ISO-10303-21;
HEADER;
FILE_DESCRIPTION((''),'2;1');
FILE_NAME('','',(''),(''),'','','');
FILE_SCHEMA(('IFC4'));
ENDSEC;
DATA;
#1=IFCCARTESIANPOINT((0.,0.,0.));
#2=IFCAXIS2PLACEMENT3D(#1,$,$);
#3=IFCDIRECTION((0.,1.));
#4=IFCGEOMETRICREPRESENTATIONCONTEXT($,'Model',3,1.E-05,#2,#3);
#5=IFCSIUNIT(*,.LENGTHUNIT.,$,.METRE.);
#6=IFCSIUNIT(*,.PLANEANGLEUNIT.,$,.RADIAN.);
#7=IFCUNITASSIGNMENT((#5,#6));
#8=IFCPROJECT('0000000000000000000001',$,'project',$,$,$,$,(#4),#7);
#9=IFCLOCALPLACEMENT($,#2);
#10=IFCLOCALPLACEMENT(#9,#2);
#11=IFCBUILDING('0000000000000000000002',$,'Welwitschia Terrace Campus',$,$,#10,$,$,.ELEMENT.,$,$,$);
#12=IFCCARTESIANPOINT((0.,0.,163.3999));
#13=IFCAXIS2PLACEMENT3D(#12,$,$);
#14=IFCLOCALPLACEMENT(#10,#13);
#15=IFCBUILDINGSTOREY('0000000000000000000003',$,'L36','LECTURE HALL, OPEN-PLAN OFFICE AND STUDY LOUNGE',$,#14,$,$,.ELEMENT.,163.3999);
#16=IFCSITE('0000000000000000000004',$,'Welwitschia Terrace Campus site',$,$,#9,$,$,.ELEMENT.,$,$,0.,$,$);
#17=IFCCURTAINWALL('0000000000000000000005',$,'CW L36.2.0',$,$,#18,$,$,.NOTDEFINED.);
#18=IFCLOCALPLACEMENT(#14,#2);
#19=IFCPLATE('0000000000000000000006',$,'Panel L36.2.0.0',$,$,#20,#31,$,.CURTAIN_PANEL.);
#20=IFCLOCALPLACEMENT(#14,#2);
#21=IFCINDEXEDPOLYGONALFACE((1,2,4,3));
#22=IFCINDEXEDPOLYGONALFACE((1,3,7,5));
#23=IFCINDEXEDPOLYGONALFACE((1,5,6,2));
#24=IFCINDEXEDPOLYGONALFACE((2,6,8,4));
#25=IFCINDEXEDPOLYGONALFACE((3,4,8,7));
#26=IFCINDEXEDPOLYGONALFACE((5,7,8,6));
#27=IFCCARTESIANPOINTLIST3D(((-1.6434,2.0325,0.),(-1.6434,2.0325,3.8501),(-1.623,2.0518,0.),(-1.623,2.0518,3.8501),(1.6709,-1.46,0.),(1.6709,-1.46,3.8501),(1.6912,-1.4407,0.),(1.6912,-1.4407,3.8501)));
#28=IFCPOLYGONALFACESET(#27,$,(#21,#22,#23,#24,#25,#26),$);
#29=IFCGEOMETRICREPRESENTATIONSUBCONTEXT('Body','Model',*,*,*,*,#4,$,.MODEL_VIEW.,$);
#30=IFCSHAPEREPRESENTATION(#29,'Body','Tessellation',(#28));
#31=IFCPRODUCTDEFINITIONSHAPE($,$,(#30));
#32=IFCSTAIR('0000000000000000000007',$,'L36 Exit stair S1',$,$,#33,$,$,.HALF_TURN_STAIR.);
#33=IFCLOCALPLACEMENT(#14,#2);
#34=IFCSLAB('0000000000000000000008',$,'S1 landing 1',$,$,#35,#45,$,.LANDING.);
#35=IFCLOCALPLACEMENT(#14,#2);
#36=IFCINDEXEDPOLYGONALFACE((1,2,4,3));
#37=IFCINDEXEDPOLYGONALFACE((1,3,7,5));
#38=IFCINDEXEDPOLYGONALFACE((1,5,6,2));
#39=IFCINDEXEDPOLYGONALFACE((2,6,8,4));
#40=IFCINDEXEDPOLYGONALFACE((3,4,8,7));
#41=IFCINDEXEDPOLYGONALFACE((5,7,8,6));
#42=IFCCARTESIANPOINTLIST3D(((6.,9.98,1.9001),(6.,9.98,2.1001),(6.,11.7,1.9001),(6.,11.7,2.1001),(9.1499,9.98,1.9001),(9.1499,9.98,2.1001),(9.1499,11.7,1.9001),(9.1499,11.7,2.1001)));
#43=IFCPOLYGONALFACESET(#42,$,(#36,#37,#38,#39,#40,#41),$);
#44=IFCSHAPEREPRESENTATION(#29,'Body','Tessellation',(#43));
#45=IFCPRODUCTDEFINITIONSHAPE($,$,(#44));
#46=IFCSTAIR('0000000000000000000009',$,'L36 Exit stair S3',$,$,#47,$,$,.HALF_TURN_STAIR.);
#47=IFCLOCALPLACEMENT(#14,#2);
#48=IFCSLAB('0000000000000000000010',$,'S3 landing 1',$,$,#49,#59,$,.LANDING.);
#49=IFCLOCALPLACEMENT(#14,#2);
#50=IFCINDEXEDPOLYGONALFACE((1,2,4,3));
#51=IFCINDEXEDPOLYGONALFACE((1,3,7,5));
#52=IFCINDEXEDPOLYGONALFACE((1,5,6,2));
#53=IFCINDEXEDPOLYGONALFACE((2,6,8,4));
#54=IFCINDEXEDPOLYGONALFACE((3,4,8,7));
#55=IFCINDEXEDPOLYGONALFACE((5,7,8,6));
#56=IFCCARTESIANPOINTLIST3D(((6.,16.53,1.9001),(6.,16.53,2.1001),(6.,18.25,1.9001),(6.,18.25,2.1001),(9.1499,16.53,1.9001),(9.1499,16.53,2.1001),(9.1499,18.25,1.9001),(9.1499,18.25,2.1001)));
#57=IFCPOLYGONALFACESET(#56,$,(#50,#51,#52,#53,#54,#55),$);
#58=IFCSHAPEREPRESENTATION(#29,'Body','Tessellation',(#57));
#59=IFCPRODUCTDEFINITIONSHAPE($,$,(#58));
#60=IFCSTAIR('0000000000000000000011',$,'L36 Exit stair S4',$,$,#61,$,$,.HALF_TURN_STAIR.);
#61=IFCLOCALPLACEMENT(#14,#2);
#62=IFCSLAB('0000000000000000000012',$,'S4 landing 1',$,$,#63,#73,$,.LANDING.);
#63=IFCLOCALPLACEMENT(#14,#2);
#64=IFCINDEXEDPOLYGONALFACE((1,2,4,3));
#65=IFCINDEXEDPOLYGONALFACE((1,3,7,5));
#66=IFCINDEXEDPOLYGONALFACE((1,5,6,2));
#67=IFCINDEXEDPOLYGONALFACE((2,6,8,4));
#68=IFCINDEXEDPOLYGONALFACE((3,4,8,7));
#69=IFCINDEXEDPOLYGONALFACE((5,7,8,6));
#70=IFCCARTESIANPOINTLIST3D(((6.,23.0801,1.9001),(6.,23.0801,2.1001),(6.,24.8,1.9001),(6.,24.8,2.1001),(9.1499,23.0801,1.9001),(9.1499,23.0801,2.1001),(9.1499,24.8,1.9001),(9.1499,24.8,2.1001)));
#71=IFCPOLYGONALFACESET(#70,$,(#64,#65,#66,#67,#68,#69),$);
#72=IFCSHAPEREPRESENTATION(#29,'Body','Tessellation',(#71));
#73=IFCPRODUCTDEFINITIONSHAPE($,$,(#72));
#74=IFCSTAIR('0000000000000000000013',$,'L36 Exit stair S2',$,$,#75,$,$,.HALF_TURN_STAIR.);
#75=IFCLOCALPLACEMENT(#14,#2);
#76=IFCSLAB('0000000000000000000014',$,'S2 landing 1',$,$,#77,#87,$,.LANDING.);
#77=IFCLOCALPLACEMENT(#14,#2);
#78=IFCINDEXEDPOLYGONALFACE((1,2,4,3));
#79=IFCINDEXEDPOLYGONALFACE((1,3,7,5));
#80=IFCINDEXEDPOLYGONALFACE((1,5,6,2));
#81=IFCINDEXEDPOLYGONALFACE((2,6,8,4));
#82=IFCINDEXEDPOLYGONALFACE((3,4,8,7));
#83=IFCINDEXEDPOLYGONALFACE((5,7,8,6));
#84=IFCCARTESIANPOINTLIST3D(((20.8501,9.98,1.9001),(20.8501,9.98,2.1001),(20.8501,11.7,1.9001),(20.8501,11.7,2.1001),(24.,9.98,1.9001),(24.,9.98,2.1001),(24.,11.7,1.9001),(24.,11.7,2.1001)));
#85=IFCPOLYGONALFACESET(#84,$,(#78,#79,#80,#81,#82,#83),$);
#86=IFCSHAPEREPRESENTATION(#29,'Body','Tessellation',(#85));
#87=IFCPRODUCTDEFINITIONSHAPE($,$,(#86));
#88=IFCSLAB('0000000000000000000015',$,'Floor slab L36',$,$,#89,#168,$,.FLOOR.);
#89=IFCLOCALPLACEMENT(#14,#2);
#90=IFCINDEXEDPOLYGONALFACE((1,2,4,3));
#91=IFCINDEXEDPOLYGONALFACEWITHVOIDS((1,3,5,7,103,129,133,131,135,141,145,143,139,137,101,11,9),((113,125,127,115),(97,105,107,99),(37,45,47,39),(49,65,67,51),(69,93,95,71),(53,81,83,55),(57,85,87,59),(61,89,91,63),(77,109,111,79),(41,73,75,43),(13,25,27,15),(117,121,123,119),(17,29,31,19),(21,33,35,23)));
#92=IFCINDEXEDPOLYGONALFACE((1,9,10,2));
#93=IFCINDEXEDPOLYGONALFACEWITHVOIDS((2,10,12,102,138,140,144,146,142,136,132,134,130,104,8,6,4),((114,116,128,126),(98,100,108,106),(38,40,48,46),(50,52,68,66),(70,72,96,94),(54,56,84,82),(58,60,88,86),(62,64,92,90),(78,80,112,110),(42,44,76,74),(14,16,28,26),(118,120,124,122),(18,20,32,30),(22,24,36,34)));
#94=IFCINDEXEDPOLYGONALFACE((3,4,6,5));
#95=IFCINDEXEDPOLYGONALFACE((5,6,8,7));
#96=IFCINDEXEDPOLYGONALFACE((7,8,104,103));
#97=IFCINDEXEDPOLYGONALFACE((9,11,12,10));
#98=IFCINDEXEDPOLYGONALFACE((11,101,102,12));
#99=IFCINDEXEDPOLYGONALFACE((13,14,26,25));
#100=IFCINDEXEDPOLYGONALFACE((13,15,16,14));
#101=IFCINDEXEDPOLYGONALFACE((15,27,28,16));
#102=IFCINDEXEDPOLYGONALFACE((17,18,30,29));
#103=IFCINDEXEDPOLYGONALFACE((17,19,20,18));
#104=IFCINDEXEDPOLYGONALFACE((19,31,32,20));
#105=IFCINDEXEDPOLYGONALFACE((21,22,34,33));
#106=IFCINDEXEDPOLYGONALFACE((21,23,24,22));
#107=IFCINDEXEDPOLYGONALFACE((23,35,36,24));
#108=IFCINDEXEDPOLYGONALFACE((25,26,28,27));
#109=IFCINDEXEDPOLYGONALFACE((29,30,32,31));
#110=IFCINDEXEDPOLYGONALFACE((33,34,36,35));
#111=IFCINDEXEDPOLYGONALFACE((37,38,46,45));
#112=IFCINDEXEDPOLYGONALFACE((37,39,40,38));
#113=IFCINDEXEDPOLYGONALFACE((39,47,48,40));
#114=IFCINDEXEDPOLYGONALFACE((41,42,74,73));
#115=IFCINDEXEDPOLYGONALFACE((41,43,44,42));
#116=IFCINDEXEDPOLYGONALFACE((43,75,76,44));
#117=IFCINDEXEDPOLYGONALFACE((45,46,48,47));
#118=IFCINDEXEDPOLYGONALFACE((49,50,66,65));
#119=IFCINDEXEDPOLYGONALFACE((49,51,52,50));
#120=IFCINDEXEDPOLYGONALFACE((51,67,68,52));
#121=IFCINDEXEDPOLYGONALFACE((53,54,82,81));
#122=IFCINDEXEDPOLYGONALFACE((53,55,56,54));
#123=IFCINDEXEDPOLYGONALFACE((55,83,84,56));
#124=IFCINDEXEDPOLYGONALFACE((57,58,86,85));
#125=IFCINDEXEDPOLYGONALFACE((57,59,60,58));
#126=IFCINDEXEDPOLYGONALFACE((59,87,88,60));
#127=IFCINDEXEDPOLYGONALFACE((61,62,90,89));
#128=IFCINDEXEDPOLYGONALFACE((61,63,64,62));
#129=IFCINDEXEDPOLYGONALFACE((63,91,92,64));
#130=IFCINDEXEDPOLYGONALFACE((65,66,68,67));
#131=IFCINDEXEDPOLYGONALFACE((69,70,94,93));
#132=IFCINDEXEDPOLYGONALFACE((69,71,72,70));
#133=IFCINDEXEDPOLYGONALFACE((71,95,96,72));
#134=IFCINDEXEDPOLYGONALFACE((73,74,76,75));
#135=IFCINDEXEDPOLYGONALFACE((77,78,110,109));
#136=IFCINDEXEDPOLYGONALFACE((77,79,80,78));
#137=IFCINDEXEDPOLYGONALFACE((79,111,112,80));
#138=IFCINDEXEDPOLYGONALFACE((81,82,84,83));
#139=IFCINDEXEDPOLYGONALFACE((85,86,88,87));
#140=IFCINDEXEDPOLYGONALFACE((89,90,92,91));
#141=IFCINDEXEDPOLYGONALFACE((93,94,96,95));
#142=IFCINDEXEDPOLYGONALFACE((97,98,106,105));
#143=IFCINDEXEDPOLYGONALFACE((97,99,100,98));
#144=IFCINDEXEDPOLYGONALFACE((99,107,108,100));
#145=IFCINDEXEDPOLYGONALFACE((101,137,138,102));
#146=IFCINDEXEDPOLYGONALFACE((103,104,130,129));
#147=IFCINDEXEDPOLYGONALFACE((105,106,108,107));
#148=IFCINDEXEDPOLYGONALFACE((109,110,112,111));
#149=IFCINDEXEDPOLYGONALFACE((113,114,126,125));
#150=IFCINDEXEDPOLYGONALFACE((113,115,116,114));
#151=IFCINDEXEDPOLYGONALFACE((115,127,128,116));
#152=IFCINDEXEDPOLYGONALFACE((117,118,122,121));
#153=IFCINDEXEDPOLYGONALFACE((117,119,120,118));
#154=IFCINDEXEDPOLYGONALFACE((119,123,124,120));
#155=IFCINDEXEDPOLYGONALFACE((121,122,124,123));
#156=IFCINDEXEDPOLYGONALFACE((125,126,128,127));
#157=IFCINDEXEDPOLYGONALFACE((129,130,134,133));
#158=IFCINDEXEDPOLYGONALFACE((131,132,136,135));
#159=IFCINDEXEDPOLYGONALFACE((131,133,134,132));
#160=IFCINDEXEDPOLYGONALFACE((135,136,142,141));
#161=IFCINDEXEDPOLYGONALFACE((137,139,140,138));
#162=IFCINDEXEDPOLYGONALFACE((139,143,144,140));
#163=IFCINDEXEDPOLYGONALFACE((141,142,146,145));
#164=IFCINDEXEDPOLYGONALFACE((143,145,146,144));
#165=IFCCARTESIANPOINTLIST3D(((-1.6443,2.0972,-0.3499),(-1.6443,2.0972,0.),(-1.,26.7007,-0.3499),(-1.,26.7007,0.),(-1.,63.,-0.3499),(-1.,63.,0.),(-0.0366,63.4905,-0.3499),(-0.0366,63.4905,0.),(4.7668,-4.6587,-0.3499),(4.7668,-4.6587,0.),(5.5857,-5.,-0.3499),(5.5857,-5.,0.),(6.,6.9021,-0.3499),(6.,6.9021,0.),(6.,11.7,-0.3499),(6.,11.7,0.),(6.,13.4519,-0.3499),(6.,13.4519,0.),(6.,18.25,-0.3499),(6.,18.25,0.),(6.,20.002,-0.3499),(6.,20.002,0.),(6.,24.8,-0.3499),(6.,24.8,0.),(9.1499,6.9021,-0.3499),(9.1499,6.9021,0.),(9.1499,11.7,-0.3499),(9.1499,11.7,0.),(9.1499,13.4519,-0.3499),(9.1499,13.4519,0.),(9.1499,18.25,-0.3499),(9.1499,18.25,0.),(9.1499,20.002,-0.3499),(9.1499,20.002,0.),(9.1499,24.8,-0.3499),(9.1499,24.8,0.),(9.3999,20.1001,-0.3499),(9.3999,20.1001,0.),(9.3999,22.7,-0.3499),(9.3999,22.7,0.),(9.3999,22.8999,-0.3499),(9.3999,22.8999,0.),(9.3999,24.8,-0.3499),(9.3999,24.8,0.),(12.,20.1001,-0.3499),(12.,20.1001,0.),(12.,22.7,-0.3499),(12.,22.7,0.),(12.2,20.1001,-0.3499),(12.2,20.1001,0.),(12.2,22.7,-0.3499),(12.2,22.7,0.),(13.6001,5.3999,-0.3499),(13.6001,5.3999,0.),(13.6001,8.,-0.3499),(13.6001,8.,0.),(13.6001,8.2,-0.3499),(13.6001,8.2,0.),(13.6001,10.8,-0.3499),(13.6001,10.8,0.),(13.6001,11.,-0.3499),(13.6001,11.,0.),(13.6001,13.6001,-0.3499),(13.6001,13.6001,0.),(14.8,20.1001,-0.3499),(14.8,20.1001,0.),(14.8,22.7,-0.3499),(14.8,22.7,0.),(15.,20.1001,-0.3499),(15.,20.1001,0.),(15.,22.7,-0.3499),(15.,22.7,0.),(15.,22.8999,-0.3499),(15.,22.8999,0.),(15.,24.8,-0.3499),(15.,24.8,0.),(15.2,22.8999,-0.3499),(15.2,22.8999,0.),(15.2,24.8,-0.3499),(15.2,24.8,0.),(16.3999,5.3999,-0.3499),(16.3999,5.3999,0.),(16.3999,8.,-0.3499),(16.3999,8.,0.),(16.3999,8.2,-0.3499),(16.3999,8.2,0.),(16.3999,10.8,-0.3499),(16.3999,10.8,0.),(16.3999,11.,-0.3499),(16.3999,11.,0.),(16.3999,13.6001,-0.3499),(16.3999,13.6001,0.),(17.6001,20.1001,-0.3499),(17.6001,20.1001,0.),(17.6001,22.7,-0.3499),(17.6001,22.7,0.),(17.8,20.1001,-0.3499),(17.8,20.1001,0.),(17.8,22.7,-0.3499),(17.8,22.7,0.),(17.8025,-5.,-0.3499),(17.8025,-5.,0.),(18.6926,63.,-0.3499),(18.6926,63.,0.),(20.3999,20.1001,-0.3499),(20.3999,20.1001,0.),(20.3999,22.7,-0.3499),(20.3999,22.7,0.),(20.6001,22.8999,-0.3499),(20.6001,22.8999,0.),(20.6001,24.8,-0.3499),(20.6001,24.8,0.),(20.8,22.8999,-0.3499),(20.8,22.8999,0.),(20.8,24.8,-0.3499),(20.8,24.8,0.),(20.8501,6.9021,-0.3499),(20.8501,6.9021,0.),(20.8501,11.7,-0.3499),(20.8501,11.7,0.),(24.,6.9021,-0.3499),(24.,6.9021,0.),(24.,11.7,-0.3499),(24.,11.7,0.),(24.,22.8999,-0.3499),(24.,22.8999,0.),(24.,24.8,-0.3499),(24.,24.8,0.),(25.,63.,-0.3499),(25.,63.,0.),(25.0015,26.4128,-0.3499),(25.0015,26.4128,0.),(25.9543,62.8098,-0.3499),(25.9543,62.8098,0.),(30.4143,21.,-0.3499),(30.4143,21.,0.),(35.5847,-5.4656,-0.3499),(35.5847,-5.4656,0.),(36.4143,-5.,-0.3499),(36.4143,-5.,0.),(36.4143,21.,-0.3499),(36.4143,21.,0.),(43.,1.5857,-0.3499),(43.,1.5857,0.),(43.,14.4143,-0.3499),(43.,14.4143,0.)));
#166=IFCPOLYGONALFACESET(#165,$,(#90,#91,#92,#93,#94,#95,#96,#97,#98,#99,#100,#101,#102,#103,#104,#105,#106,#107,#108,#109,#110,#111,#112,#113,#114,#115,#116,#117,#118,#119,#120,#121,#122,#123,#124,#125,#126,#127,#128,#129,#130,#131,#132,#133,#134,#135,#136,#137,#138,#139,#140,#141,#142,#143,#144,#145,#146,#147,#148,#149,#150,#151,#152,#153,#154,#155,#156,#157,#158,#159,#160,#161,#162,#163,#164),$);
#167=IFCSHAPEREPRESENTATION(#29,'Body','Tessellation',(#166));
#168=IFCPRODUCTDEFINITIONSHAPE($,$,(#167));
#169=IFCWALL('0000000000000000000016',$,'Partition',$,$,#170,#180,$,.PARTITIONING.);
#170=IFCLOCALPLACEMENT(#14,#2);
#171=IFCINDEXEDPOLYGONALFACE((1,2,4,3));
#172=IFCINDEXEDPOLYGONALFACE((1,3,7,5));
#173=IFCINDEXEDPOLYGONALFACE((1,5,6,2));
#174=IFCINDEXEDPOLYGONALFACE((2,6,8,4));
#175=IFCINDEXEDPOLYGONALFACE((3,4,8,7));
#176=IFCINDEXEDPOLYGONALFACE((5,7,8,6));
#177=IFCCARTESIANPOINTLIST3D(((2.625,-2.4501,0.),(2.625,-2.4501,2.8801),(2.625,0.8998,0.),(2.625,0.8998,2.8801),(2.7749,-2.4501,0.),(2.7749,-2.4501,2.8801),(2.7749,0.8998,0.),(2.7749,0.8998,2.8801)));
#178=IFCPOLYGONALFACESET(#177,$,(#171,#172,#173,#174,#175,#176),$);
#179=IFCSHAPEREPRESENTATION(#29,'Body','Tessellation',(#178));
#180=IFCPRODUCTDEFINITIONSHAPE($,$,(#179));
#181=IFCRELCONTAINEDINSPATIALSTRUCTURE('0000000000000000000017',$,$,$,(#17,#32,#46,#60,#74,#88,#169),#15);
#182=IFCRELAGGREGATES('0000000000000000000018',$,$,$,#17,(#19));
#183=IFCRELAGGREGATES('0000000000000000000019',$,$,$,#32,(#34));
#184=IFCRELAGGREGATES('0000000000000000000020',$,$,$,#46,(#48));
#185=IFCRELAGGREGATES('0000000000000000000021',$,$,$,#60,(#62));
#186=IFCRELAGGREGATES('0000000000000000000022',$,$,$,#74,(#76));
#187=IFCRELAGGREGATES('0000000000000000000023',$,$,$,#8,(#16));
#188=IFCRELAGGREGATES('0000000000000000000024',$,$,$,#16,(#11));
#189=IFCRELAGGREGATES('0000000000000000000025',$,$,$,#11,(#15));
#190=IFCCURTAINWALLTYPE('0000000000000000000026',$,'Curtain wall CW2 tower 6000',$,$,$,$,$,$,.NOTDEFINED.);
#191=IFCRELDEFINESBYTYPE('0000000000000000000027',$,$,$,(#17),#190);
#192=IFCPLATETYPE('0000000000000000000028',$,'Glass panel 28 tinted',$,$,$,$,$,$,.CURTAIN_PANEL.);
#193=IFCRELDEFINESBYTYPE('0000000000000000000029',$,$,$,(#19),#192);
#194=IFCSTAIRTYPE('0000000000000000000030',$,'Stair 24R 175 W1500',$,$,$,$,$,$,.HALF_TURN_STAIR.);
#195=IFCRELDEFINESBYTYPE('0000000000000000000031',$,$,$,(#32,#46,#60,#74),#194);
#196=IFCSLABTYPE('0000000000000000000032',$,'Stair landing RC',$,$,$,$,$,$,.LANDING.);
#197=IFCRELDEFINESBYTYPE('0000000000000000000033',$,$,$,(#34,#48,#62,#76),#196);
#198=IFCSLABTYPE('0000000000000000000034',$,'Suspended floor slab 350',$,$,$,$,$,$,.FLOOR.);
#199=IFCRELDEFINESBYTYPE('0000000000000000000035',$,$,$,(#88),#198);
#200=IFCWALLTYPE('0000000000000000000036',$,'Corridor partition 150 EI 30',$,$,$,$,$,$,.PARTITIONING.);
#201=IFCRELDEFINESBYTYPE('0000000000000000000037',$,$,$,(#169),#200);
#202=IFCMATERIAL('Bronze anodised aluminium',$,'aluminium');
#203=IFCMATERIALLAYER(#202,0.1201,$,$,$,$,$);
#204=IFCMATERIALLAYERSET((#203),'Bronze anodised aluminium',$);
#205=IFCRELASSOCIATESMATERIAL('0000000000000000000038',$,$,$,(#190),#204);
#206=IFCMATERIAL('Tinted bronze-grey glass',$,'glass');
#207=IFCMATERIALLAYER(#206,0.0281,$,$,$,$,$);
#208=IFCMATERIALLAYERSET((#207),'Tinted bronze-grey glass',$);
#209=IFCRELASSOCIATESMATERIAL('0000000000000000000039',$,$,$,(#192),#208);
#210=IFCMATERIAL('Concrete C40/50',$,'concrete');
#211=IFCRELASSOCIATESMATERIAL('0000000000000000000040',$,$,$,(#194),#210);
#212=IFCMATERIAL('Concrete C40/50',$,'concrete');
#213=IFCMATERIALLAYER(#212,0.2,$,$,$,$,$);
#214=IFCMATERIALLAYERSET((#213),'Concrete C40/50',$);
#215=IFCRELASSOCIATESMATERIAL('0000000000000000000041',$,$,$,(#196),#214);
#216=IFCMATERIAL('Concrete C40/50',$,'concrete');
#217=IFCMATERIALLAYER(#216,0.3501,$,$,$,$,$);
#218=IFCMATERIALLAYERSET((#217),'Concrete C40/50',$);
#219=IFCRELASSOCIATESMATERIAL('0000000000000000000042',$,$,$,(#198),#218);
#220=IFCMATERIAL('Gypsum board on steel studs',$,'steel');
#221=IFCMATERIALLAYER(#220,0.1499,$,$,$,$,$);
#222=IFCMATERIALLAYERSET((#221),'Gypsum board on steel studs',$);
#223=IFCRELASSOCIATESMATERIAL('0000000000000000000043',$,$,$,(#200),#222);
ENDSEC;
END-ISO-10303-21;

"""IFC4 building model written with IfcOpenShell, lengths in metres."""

from ifc_helpers import new_model, si_unit, direction, frame, frame_2d, origin, origin_2d, place, context, subcontext, project, spatial, polyline, rectangle, outline, extrude, material, layer, layer_set, type_object, element, aggregate, save


model = new_model("IFC4")

# Units and contexts
model_context = context("Model", 3, precision=1e-05, world=origin(), true_north=direction((0.0, 1.0)))
body_context = subcontext(model_context, "Body", "Model", "MODEL_VIEW")
ifc_project = project(units=[si_unit("LENGTHUNIT", "METRE"), si_unit("PLANEANGLEUNIT", "RADIAN")], contexts=[model_context])

# Site, building, storey
site_placement = place(None, origin())
site = spatial("IfcSite", under=ifc_project, at=site_placement, Name="Welwitschia Terrace Campus site", CompositionType="ELEMENT", RefElevation=0.0)
building_placement = place(site_placement, origin())
building = spatial("IfcBuilding", under=site, at=building_placement, Name="Welwitschia Terrace Campus", CompositionType="ELEMENT")
storey_placement = place(building_placement, frame((0.0, 0.0, 163.3999)))
storey = spatial("IfcBuildingStorey", under=building, at=storey_placement, Name="L36", Description="LECTURE HALL, OPEN-PLAN OFFICE AND STUDY LOUNGE", CompositionType="ELEMENT", Elevation=163.3999)

# Shared definitions
ifc_material_1 = material(Name="Bronze anodised aluminium", Category="aluminium")
ifc_layer_1 = layer(ifc_material_1, 0.1201)
ifc_layer_set_1 = layer_set([ifc_layer_1], Name="Bronze anodised aluminium")
curtain_wall_type = type_object("IfcCurtainWallType", Name="Curtain wall CW2 tower 6000", PredefinedType="NOTDEFINED", material=ifc_layer_set_1)

# Curtain wall
curtain_wall_1_placement = place(storey_placement, origin())
curtain_wall_1 = element("IfcCurtainWall", 1, at=curtain_wall_1_placement, inside=storey, type_object=curtain_wall_type, Name="CW L36.2.0", PredefinedType="NOTDEFINED")

# Plate
ifc_material_2 = material(Name="Tinted bronze-grey glass", Category="glass")
ifc_layer_2 = layer(ifc_material_2, 0.0281)
ifc_layer_set_2 = layer_set([ifc_layer_2], Name="Tinted bronze-grey glass")
plate_type = type_object("IfcPlateType", Name="Glass panel 28 tinted", PredefinedType="CURTAIN_PANEL", material=ifc_layer_set_2)
plate_1_placement = place(storey_placement, frame((0.0239, 0.2959, 0.0), z_axis=(0.0, 0.0, 1.0), x_axis=(0.688355, -0.725374, 0.0)))
plate_1 = element("IfcPlate", 2, at=plate_1_placement, type_object=plate_type, Name="Panel L36.2.0.0", PredefinedType="CURTAIN_PANEL", context=body_context, shape_type="SweptSolid", body=[
    extrude(rectangle(XDim=4.8147, YDim=0.0281, at=origin_2d()), origin(), (0.0, 0.0, 1.0), 3.8501),
])
aggregate(curtain_wall_1, [plate_1])

# Stairs, slabs
ifc_material_3 = material(Name="Concrete C40/50", Category="concrete")
stair_type = type_object("IfcStairType", Name="Stair 24R 175 W1500", PredefinedType="HALF_TURN_STAIR", material=ifc_material_3)
stair_1_placement = place(storey_placement, origin())
stair_1 = element("IfcStair", 3, at=stair_1_placement, inside=storey, type_object=stair_type, Name="L36 Exit stair S1", PredefinedType="HALF_TURN_STAIR")
ifc_material_4 = material(Name="Concrete C40/50", Category="concrete")
ifc_layer_3 = layer(ifc_material_4, 0.2)
ifc_layer_set_3 = layer_set([ifc_layer_3], Name="Concrete C40/50")
slab_type_1 = type_object("IfcSlabType", Name="Stair landing RC", PredefinedType="LANDING", material=ifc_layer_set_3)
slab_1_placement = place(storey_placement, frame((0.0, 0.0, 1.9001)))
slab_1 = element("IfcSlab", 4, at=slab_1_placement, type_object=slab_type_1, Name="S1 landing 1", PredefinedType="LANDING", context=body_context, shape_type="SweptSolid", body=[
    extrude(outline(polyline([(9.1499, 9.98), (9.1499, 11.7), (6.0, 11.7), (6.0, 9.98), (9.1499, 9.98)])), origin(), (0.0, 0.0, 1.0), 0.2),
])
aggregate(stair_1, [slab_1])
stair_2_placement = place(storey_placement, origin())
stair_2 = element("IfcStair", 5, at=stair_2_placement, inside=storey, type_object=stair_type, Name="L36 Exit stair S3", PredefinedType="HALF_TURN_STAIR")
slab_2_placement = place(storey_placement, frame((0.0, 0.0, 1.9001)))
slab_2 = element("IfcSlab", 6, at=slab_2_placement, type_object=slab_type_1, Name="S3 landing 1", PredefinedType="LANDING", context=body_context, shape_type="SweptSolid", body=[
    extrude(outline(polyline([(9.1499, 16.53), (9.1499, 18.25), (6.0, 18.25), (6.0, 16.53), (9.1499, 16.53)])), origin(), (0.0, 0.0, 1.0), 0.2),
])
aggregate(stair_2, [slab_2])
stair_3_placement = place(storey_placement, origin())
stair_3 = element("IfcStair", 7, at=stair_3_placement, inside=storey, type_object=stair_type, Name="L36 Exit stair S4", PredefinedType="HALF_TURN_STAIR")
slab_3_placement = place(storey_placement, frame((0.0, 0.0, 1.9001)))
slab_3 = element("IfcSlab", 8, at=slab_3_placement, type_object=slab_type_1, Name="S4 landing 1", PredefinedType="LANDING", context=body_context, shape_type="SweptSolid", body=[
    extrude(outline(polyline([(9.1499, 23.0801), (9.1499, 24.8), (6.0, 24.8), (6.0, 23.0801), (9.1499, 23.0801)])), origin(), (0.0, 0.0, 1.0), 0.2),
])
aggregate(stair_3, [slab_3])
stair_4_placement = place(storey_placement, origin())
stair_4 = element("IfcStair", 9, at=stair_4_placement, inside=storey, type_object=stair_type, Name="L36 Exit stair S2", PredefinedType="HALF_TURN_STAIR")
slab_4_placement = place(storey_placement, frame((0.0, 0.0, 1.9001)))
slab_4 = element("IfcSlab", 10, at=slab_4_placement, type_object=slab_type_1, Name="S2 landing 1", PredefinedType="LANDING", context=body_context, shape_type="SweptSolid", body=[
    extrude(outline(polyline([(24.0, 9.98), (24.0, 11.7), (20.8501, 11.7), (20.8501, 9.98), (24.0, 9.98)])), origin(), (0.0, 0.0, 1.0), 0.2),
])
aggregate(stair_4, [slab_4])

# Slab
ifc_material_5 = material(Name="Concrete C40/50", Category="concrete")
ifc_layer_4 = layer(ifc_material_5, 0.3501)
ifc_layer_set_4 = layer_set([ifc_layer_4], Name="Concrete C40/50")
slab_type_2 = type_object("IfcSlabType", Name="Suspended floor slab 350", PredefinedType="FLOOR", material=ifc_layer_set_4)
slab_5_placement = place(storey_placement, frame((0.0, 0.0, -0.3499)))
element("IfcSlab", 11, at=slab_5_placement, inside=storey, type_object=slab_type_2, Name="Floor slab L36", PredefinedType="FLOOR", context=body_context, shape_type="SweptSolid", body=[
    extrude(outline(polyline([(-0.0366, 63.4905), (18.6926, 63.0), (25.0, 63.0), (25.9543, 62.8098), (25.0015, 26.4128), (30.4143, 21.0), (36.4143, 21.0), (43.0, 14.4143), (43.0, 1.5857), (36.4143, -5.0), (35.5847, -5.4656), (17.8025, -5.0), (5.5857, -5.0), (4.7668, -4.6587), (-1.6443, 2.0972), (-1.0, 26.7007), (-1.0, 63.0), (-0.0366, 63.4905)]), holes=[polyline([(13.6001, 8.0), (13.6001, 5.3999), (16.3999, 5.3999), (16.3999, 8.0), (13.6001, 8.0)]), polyline([(9.1499, 11.7), (6.0, 11.7), (6.0, 6.9021), (9.1499, 6.9021), (9.1499, 11.7)]), polyline([(9.1499, 18.25), (6.0, 18.25), (6.0, 13.4519), (9.1499, 13.4519), (9.1499, 18.25)]), polyline([(12.0, 22.7), (9.3999, 22.7), (9.3999, 20.1001), (12.0, 20.1001), (12.0, 22.7)]), polyline([(14.8, 22.7), (12.2, 22.7), (12.2, 20.1001), (14.8, 20.1001), (14.8, 22.7)]), polyline([(9.1499, 24.8), (6.0, 24.8), (6.0, 20.002), (9.1499, 20.002), (9.1499, 24.8)]), polyline([(15.0, 24.8), (9.3999, 24.8), (9.3999, 22.8999), (15.0, 22.8999), (15.0, 24.8)]), polyline([(20.8501, 11.7), (20.8501, 6.9021), (24.0, 6.9021), (24.0, 11.7), (20.8501, 11.7)]), polyline([(16.3999, 10.8), (13.6001, 10.8), (13.6001, 8.2), (16.3999, 8.2), (16.3999, 10.8)]), polyline([(16.3999, 13.6001), (13.6001, 13.6001), (13.6001, 11.0), (16.3999, 11.0), (16.3999, 13.6001)]), polyline([(17.6001, 22.7), (15.0, 22.7), (15.0, 20.1001), (17.6001, 20.1001), (17.6001, 22.7)]), polyline([(20.3999, 22.7), (17.8, 22.7), (17.8, 20.1001), (20.3999, 20.1001), (20.3999, 22.7)]), polyline([(20.6001, 24.8), (15.2, 24.8), (15.2, 22.8999), (20.6001, 22.8999), (20.6001, 24.8)]), polyline([(24.0, 24.8), (20.8, 24.8), (20.8, 22.8999), (24.0, 22.8999), (24.0, 24.8)])]), origin(), (0.0, 0.0, 1.0), 0.3499),
])

# Wall
ifc_material_6 = material(Name="Gypsum board on steel studs", Category="steel")
ifc_layer_5 = layer(ifc_material_6, 0.1499)
ifc_layer_set_5 = layer_set([ifc_layer_5], Name="Gypsum board on steel studs")
wall_type = type_object("IfcWallType", Name="Corridor partition 150 EI 30", PredefinedType="PARTITIONING", material=ifc_layer_set_5)
wall_placement = place(storey_placement, frame((2.7, -2.45, 0.0), z_axis=(0.0, 0.0, 1.0), x_axis=(0.0, 1.0, 0.0)))
element("IfcWall", 12, at=wall_placement, inside=storey, type_object=wall_type, Name="Partition", PredefinedType="PARTITIONING", context=body_context, shape_type="SweptSolid", body=[
    extrude(rectangle(XDim=3.3499, YDim=0.1499, at=frame_2d((1.6748, 0.0))), origin(), (0.0, 0.0, 1.0), 2.8801),
])

save(model, "model.ifc")
